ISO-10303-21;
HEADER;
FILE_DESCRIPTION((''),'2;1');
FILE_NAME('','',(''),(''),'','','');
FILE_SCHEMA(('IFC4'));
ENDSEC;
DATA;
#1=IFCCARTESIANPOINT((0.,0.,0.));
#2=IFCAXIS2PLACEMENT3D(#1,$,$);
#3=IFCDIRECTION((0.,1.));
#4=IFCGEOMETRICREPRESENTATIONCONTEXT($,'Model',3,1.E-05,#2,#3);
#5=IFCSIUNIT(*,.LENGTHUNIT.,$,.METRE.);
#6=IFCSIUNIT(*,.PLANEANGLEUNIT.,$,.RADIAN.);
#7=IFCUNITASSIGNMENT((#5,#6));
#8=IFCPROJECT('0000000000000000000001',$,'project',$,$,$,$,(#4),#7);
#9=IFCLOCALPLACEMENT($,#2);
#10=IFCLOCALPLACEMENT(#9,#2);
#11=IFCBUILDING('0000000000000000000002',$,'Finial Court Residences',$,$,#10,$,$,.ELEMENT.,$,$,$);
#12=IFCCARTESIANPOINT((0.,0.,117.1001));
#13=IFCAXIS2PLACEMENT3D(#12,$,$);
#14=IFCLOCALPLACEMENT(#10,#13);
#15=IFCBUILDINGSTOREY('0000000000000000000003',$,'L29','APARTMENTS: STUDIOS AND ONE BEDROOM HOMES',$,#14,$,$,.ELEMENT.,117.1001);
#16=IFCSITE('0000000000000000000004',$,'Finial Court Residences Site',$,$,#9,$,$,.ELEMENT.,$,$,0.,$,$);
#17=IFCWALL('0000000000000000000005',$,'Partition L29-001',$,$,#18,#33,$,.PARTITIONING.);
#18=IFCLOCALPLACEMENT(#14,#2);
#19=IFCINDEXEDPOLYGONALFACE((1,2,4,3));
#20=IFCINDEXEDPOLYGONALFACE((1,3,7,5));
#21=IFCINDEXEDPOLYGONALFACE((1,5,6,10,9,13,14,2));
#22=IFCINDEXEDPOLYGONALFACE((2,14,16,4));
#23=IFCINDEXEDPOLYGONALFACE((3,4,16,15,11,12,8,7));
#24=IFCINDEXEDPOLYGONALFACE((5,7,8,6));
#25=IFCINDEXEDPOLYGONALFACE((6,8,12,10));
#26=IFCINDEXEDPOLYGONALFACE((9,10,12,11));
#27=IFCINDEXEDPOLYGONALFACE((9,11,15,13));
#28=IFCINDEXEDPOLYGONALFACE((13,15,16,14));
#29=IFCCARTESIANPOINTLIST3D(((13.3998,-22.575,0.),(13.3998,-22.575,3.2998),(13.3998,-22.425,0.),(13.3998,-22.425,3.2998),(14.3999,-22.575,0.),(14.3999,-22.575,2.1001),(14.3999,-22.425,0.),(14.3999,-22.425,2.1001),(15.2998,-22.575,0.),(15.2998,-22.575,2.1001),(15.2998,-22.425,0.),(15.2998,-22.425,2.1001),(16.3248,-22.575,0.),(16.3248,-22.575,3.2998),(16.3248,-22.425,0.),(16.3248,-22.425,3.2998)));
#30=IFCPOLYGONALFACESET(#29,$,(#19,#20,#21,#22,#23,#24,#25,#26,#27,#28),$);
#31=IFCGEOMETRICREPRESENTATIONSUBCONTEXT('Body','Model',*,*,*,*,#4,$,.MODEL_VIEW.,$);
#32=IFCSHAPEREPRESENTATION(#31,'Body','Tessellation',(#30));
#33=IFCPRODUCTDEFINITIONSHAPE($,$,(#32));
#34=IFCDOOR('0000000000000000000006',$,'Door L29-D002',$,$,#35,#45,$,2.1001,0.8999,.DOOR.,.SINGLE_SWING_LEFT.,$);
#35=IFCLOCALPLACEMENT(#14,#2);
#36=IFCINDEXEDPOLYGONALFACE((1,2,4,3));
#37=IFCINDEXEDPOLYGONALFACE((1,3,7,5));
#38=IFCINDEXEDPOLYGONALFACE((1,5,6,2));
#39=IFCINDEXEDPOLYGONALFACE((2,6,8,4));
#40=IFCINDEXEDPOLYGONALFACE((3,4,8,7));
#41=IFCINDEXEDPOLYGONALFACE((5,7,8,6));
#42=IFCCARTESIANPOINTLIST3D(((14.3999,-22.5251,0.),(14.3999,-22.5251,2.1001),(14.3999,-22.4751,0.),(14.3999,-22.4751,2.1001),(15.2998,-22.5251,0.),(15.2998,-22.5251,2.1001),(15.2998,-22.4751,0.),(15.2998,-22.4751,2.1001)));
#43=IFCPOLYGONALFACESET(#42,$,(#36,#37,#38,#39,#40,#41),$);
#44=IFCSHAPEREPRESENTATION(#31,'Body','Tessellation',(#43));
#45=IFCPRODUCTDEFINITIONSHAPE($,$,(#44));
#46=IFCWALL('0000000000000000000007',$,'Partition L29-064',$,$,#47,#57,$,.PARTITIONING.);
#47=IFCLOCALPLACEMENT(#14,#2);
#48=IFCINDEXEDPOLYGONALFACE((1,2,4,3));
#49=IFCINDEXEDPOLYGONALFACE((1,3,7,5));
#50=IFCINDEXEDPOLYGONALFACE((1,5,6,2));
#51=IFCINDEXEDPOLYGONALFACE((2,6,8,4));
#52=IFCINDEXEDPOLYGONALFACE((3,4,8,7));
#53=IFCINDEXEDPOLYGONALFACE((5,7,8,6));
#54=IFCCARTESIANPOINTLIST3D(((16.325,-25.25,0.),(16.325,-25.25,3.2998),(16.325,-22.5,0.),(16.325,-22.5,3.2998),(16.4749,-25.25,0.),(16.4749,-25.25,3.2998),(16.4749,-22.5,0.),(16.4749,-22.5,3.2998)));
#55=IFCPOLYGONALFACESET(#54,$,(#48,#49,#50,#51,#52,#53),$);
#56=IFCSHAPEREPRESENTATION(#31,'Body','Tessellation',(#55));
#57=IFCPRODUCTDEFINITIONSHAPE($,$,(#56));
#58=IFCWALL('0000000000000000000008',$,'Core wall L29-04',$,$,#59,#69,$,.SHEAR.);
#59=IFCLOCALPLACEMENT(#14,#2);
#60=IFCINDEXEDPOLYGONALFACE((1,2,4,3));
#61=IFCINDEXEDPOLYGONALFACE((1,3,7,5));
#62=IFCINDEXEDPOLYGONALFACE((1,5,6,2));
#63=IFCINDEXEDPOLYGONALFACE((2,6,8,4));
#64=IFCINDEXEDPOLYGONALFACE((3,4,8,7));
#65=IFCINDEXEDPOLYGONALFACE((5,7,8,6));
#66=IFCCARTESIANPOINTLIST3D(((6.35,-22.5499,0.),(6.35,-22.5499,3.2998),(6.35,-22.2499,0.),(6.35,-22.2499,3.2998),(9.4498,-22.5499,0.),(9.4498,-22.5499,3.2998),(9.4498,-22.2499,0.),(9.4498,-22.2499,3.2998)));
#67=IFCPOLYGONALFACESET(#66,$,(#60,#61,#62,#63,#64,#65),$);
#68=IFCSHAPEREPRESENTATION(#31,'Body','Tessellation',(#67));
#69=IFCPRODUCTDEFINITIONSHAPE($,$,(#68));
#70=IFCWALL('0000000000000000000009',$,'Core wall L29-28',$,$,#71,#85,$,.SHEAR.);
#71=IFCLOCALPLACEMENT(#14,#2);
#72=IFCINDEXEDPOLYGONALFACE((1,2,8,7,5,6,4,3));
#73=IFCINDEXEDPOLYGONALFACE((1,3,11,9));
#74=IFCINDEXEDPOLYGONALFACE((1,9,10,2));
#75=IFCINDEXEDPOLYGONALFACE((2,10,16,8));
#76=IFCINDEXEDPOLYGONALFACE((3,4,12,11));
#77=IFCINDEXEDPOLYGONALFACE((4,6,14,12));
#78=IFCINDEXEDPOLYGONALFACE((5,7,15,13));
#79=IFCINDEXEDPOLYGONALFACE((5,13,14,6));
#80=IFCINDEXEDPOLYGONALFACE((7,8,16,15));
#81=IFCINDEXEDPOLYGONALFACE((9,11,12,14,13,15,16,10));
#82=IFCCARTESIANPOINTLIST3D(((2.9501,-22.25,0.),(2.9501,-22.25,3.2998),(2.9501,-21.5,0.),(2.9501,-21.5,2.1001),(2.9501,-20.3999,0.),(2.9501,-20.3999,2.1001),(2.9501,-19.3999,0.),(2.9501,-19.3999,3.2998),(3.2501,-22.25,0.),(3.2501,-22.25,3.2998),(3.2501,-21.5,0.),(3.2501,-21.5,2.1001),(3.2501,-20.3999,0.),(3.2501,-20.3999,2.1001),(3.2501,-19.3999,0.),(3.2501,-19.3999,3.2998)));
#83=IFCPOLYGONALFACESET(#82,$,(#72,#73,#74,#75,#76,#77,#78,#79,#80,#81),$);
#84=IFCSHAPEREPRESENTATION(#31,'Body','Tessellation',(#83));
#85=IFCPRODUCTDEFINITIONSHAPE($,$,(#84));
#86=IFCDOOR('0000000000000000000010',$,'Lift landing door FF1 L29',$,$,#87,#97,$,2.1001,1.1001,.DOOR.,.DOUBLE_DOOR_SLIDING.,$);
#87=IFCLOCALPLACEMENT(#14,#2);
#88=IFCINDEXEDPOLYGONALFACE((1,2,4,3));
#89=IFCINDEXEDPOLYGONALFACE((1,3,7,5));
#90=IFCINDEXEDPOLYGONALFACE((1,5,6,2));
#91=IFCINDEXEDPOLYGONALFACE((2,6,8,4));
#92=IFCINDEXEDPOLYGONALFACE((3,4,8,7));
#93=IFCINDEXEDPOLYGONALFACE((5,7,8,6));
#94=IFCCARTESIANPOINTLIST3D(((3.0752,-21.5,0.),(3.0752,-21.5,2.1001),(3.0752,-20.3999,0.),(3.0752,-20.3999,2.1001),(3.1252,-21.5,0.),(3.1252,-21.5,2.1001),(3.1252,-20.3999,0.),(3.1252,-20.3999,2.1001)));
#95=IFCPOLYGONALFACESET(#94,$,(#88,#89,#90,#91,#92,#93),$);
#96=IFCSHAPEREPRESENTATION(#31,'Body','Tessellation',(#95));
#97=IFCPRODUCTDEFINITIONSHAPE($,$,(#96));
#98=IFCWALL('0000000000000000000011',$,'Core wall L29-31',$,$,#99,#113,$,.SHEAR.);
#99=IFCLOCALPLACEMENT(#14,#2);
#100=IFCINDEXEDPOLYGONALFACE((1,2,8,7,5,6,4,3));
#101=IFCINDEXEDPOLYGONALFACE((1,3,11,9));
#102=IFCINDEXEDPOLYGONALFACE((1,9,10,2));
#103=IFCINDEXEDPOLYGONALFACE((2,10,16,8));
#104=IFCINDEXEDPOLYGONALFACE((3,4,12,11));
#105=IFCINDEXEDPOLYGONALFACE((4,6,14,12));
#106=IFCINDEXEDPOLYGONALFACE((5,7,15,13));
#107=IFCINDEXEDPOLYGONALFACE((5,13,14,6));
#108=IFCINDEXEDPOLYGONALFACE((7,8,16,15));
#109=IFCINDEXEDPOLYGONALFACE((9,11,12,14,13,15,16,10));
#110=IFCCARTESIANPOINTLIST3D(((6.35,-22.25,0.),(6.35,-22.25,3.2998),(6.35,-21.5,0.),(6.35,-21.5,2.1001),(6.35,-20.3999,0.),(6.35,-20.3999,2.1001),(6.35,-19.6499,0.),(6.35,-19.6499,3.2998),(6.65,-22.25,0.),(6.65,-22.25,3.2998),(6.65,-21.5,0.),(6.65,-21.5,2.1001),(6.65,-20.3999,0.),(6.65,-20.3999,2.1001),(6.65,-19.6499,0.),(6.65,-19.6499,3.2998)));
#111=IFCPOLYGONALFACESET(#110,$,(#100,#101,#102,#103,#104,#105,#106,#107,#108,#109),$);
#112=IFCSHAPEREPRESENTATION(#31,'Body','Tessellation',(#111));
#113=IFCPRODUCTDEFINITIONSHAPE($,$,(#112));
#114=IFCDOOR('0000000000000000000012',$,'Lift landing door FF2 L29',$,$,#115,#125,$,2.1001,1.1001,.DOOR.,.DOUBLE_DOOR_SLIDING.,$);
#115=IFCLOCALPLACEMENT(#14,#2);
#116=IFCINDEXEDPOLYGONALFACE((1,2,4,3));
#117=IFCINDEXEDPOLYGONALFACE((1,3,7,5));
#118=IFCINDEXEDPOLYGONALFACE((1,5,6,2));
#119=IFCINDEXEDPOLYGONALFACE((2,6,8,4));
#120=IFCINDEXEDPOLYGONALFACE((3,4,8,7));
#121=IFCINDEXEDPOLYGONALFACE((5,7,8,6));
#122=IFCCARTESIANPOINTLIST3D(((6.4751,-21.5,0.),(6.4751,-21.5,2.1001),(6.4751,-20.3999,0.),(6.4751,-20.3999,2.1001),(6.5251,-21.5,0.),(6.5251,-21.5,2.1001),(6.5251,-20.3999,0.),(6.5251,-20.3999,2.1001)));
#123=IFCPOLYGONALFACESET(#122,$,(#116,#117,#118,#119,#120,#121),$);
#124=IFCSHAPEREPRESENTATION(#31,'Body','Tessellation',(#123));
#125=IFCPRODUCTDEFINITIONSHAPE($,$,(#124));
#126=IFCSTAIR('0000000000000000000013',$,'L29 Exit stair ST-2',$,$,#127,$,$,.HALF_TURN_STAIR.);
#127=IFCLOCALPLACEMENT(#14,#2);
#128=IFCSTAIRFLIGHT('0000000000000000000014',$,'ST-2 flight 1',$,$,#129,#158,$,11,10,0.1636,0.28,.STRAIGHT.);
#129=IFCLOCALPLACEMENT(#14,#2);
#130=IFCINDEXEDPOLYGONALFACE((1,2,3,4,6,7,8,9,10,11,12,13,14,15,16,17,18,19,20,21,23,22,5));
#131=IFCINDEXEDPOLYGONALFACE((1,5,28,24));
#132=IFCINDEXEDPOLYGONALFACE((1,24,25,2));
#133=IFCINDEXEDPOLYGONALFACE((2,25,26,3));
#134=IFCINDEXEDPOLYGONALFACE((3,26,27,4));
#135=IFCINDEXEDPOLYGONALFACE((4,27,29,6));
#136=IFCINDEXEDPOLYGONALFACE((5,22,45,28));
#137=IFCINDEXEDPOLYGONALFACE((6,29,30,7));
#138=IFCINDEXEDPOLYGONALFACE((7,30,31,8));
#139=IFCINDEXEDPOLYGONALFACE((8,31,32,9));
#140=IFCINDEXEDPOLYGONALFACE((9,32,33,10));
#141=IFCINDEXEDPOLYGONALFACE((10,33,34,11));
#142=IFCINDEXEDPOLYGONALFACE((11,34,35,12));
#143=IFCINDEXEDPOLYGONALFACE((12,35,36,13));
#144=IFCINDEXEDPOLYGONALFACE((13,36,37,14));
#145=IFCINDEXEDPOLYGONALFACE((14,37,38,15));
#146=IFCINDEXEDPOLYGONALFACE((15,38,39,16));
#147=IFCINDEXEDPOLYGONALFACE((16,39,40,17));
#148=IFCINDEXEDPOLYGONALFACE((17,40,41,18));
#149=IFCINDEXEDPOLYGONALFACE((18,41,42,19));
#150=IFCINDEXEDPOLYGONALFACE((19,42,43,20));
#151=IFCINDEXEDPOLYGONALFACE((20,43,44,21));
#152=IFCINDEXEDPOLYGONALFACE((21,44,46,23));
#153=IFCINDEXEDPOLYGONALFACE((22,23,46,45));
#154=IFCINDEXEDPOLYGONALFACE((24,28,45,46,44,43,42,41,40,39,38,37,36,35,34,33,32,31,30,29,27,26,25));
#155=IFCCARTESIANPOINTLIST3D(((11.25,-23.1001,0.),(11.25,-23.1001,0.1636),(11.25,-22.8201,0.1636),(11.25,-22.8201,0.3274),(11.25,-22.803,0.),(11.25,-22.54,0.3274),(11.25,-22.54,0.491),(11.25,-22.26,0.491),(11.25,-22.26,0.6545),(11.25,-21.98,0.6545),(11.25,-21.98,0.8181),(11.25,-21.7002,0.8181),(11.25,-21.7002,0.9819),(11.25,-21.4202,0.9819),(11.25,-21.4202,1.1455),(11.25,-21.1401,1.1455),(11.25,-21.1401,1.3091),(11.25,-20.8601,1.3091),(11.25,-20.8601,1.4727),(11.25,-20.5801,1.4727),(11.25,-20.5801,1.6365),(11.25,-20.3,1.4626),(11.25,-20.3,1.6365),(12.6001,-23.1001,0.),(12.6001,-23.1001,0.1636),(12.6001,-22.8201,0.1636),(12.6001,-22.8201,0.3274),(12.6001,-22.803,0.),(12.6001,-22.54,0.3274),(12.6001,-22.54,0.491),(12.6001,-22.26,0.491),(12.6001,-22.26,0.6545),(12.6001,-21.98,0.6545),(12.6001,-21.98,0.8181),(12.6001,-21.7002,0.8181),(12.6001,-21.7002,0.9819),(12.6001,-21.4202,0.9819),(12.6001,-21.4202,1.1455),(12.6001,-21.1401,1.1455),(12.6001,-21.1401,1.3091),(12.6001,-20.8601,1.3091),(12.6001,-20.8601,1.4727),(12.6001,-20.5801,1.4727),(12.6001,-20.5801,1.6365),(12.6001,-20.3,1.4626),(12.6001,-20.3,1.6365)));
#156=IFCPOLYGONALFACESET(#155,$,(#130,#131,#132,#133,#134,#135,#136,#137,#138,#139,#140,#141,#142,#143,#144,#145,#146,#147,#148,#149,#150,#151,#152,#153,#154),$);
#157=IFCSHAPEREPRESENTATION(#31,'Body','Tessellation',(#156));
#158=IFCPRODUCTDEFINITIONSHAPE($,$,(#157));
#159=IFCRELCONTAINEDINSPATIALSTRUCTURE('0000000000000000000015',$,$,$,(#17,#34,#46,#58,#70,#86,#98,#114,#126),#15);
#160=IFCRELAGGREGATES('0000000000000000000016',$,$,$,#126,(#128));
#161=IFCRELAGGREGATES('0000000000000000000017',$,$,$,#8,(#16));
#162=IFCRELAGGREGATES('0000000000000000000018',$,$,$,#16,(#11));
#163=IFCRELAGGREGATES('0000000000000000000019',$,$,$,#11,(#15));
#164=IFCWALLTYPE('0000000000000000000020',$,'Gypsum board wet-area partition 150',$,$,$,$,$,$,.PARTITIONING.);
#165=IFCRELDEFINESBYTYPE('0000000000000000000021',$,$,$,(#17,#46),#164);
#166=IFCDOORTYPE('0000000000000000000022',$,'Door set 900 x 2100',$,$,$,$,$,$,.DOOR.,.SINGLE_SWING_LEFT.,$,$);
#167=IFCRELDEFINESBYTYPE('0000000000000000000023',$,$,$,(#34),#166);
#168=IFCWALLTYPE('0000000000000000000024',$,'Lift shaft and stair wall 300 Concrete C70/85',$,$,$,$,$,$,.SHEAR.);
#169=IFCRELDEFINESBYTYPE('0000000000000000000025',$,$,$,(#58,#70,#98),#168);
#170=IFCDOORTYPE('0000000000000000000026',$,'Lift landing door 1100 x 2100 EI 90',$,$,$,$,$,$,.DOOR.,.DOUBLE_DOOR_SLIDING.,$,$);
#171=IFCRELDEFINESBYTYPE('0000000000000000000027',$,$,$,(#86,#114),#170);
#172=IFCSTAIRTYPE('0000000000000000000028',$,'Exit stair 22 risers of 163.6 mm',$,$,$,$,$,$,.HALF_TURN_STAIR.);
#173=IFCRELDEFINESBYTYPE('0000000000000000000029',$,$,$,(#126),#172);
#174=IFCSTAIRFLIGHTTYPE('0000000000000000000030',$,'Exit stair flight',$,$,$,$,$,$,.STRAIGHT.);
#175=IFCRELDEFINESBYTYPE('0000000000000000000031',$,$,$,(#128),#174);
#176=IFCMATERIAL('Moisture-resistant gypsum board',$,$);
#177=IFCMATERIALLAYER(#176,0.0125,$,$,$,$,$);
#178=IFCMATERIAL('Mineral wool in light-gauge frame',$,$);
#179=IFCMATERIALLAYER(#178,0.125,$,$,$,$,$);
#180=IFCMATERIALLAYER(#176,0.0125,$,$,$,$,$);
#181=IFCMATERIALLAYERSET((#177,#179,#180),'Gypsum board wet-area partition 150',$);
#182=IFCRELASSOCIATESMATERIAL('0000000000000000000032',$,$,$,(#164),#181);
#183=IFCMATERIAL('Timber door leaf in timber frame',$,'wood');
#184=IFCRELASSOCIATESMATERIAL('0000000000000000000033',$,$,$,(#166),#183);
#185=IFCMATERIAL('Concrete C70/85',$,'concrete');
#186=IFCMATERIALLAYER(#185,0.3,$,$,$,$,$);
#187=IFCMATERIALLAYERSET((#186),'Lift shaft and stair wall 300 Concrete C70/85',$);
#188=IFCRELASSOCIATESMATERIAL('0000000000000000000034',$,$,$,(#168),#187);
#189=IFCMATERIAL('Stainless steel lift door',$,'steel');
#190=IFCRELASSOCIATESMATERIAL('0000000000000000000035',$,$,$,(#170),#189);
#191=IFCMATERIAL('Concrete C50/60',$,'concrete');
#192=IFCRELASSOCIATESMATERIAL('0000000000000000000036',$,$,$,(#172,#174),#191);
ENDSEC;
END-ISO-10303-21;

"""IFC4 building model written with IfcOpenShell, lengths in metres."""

from ifc_helpers import new_model, si_unit, direction, frame, frame_2d, origin, place, context, subcontext, project, spatial, polyline, rectangle, outline, extrude, material, layer, layer_set, type_object, element, fill, aggregate, save


model = new_model("IFC4")

# Units and contexts
model_context = context("Model", 3, precision=1e-05, world=origin(), true_north=direction((0.0, 1.0)))
body_context = subcontext(model_context, "Body", "Model", "MODEL_VIEW")
ifc_project = project(units=[si_unit("LENGTHUNIT", "METRE"), si_unit("PLANEANGLEUNIT", "RADIAN")], contexts=[model_context])

# Site, building, storey
site_placement = place(None, origin())
site = spatial("IfcSite", under=ifc_project, at=site_placement, Name="Finial Court Residences Site", CompositionType="ELEMENT", RefElevation=0.0)
building_placement = place(site_placement, origin())
building = spatial("IfcBuilding", under=site, at=building_placement, Name="Finial Court Residences", CompositionType="ELEMENT")
storey_placement = place(building_placement, frame((0.0, 0.0, 117.1001)))
storey = spatial("IfcBuildingStorey", under=building, at=storey_placement, Name="L29", Description="APARTMENTS: STUDIOS AND ONE BEDROOM HOMES", CompositionType="ELEMENT", Elevation=117.1001)

# Shared definitions
ifc_material_1 = material(Name="Concrete C70/85", Category="concrete")

# Shared definitions
ifc_material_2 = material(Name="Mineral wool in light-gauge frame")

# Wall, opening, door
ifc_material_3 = material(Name="Moisture-resistant gypsum board")
ifc_layer_1 = layer(ifc_material_3, 0.0125)
ifc_layer_2 = layer(ifc_material_2, 0.125)
ifc_layer_3 = layer(ifc_material_3, 0.0125)
ifc_layer_set_1 = layer_set([ifc_layer_1, ifc_layer_2, ifc_layer_3], Name="Gypsum board wet-area partition 150")
wall_type_1 = type_object("IfcWallType", Name="Gypsum board wet-area partition 150", PredefinedType="PARTITIONING", material=ifc_layer_set_1)
wall_1_placement = place(storey_placement, frame((13.3999, -22.5, 0.0), z_axis=(0.0, 0.0, 1.0), x_axis=(1.0, 0.0, 0.0)))
wall_1 = element("IfcWall", 1, at=wall_1_placement, inside=storey, type_object=wall_type_1, Name="Partition L29-001", PredefinedType="PARTITIONING", context=body_context, shape_type="SweptSolid", body=[
    extrude(rectangle(XDim=2.925, YDim=0.1499, at=frame_2d((1.4624, 0.0))), origin(), (0.0, 0.0, 1.0), 3.2998),
])
opening_1_placement = place(wall_1_placement, frame((1.0, 0.0, 0.0)))
opening_1 = element("IfcOpeningElement", 2, at=opening_1_placement, cuts=wall_1, PredefinedType="OPENING", context=body_context, shape_type="SweptSolid", body=[
    extrude(rectangle(XDim=0.8999, YDim=2.1001, at=frame_2d((0.45, 1.05))), frame((0.0, 0.085, 0.0), z_axis=(0.0, -1.0, 0.0), x_axis=(1.0, 0.0, 0.0)), (0.0, 0.0, 1.0), 0.1699),
])
ifc_material_4 = material(Name="Timber door leaf in timber frame", Category="wood")
door_type_1 = type_object("IfcDoorType", Name="Door set 900 x 2100", OperationType="SINGLE_SWING_LEFT", PredefinedType="DOOR", material=ifc_material_4)
door_1_placement = place(opening_1_placement, origin())
door_1 = element("IfcDoor", 3, at=door_1_placement, inside=storey, type_object=door_type_1, Name="Door L29-D002", OperationType="SINGLE_SWING_LEFT", OverallHeight=2.1001, OverallWidth=0.8999, PredefinedType="DOOR", context=body_context, shape_type="SweptSolid", body=[
    extrude(rectangle(XDim=0.8999, YDim=2.1001, at=frame_2d((0.45, 1.05))), frame((0.0, 0.0249, 0.0), z_axis=(0.0, -1.0, 0.0), x_axis=(1.0, 0.0, 0.0)), (0.0, 0.0, 1.0), 0.05),
])
fill(opening_1, door_1)

# Walls
wall_2_placement = place(storey_placement, frame((16.3999, -25.25, 0.0), z_axis=(0.0, 0.0, 1.0), x_axis=(0.0, 1.0, 0.0)))
element("IfcWall", 4, at=wall_2_placement, inside=storey, type_object=wall_type_1, Name="Partition L29-064", PredefinedType="PARTITIONING", context=body_context, shape_type="SweptSolid", body=[
    extrude(rectangle(XDim=2.75, YDim=0.1499, at=frame_2d((1.375, 0.0))), origin(), (0.0, 0.0, 1.0), 3.2998),
])
ifc_layer_4 = layer(ifc_material_1, 0.3)
ifc_layer_set_2 = layer_set([ifc_layer_4], Name="Lift shaft and stair wall 300 Concrete C70/85")
wall_type_2 = type_object("IfcWallType", Name="Lift shaft and stair wall 300 Concrete C70/85", PredefinedType="SHEAR", material=ifc_layer_set_2)
wall_3_placement = place(storey_placement, frame((6.3501, -22.3999, 0.0), z_axis=(0.0, 0.0, 1.0), x_axis=(1.0, 0.0, 0.0)))
element("IfcWall", 5, at=wall_3_placement, inside=storey, type_object=wall_type_2, Name="Core wall L29-04", PredefinedType="SHEAR", context=body_context, shape_type="SweptSolid", body=[
    extrude(rectangle(XDim=3.0999, YDim=0.3, at=frame_2d((1.5498, 0.0))), origin(), (0.0, 0.0, 1.0), 3.2998),
])

# Walls, openings, doors
wall_4_placement = place(storey_placement, frame((3.1001, -22.25, 0.0), z_axis=(0.0, 0.0, 1.0), x_axis=(0.0, 1.0, 0.0)))
wall_4 = element("IfcWall", 6, at=wall_4_placement, inside=storey, type_object=wall_type_2, Name="Core wall L29-28", PredefinedType="SHEAR", context=body_context, shape_type="SweptSolid", body=[
    extrude(rectangle(XDim=2.8501, YDim=0.3, at=frame_2d((1.425, 0.0))), origin(), (0.0, 0.0, 1.0), 3.2998),
])
opening_2_placement = place(wall_4_placement, frame((0.75, 0.0, 0.0)))
opening_2 = element("IfcOpeningElement", 7, at=opening_2_placement, cuts=wall_4, PredefinedType="OPENING", context=body_context, shape_type="SweptSolid", body=[
    extrude(rectangle(XDim=1.1001, YDim=2.1001, at=frame_2d((0.55, 1.05))), frame((0.0, 0.1599, 0.0), z_axis=(0.0, -1.0, 0.0), x_axis=(1.0, 0.0, 0.0)), (0.0, 0.0, 1.0), 0.3201),
])
ifc_material_5 = material(Name="Stainless steel lift door", Category="steel")
door_type_2 = type_object("IfcDoorType", Name="Lift landing door 1100 x 2100 EI 90", OperationType="DOUBLE_DOOR_SLIDING", PredefinedType="DOOR", material=ifc_material_5)
door_2_placement = place(opening_2_placement, origin())
door_2 = element("IfcDoor", 8, at=door_2_placement, inside=storey, type_object=door_type_2, Name="Lift landing door FF1 L29", OperationType="DOUBLE_DOOR_SLIDING", OverallHeight=2.1001, OverallWidth=1.1001, PredefinedType="DOOR", context=body_context, shape_type="SweptSolid", body=[
    extrude(rectangle(XDim=1.1001, YDim=2.1001, at=frame_2d((0.55, 1.05))), frame((0.0, 0.0249, 0.0), z_axis=(0.0, -1.0, 0.0), x_axis=(1.0, 0.0, 0.0)), (0.0, 0.0, 1.0), 0.05),
])
fill(opening_2, door_2)
wall_5_placement = place(storey_placement, frame((6.5, -22.25, 0.0), z_axis=(0.0, 0.0, 1.0), x_axis=(0.0, 1.0, 0.0)))
wall_5 = element("IfcWall", 9, at=wall_5_placement, inside=storey, type_object=wall_type_2, Name="Core wall L29-31", PredefinedType="SHEAR", context=body_context, shape_type="SweptSolid", body=[
    extrude(rectangle(XDim=2.6001, YDim=0.3, at=frame_2d((1.3, 0.0))), origin(), (0.0, 0.0, 1.0), 3.2998),
])
opening_3_placement = place(wall_5_placement, frame((0.75, 0.0, 0.0)))
opening_3 = element("IfcOpeningElement", 10, at=opening_3_placement, cuts=wall_5, PredefinedType="OPENING", context=body_context, shape_type="SweptSolid", body=[
    extrude(rectangle(XDim=1.1001, YDim=2.1001, at=frame_2d((0.55, 1.05))), frame((0.0, 0.1599, 0.0), z_axis=(0.0, -1.0, 0.0), x_axis=(1.0, 0.0, 0.0)), (0.0, 0.0, 1.0), 0.3201),
])
door_3_placement = place(opening_3_placement, origin())
door_3 = element("IfcDoor", 11, at=door_3_placement, inside=storey, type_object=door_type_2, Name="Lift landing door FF2 L29", OperationType="DOUBLE_DOOR_SLIDING", OverallHeight=2.1001, OverallWidth=1.1001, PredefinedType="DOOR", context=body_context, shape_type="SweptSolid", body=[
    extrude(rectangle(XDim=1.1001, YDim=2.1001, at=frame_2d((0.55, 1.05))), frame((0.0, 0.0249, 0.0), z_axis=(0.0, -1.0, 0.0), x_axis=(1.0, 0.0, 0.0)), (0.0, 0.0, 1.0), 0.05),
])
fill(opening_3, door_3)

# Stair, stair flight
ifc_material_6 = material(Name="Concrete C50/60", Category="concrete")
stair_type = type_object("IfcStairType", Name="Exit stair 22 risers of 163.6 mm", PredefinedType="HALF_TURN_STAIR", material=ifc_material_6)
stair_placement = place(storey_placement, origin())
stair = element("IfcStair", 12, at=stair_placement, inside=storey, type_object=stair_type, Name="L29 Exit stair ST-2", PredefinedType="HALF_TURN_STAIR")
stair_flight_type = type_object("IfcStairFlightType", Name="Exit stair flight", PredefinedType="STRAIGHT", material=ifc_material_6)
stair_flight_1_placement = place(storey_placement, frame((11.925, -23.1001, 0.0), z_axis=(0.0, 0.0, 1.0), x_axis=(0.0, 1.0, 0.0)))
stair_flight_1 = element("IfcStairFlight", 13, at=stair_flight_1_placement, type_object=stair_flight_type, Name="ST-2 flight 1", NumberOfRisers=11, NumberOfTreads=10, PredefinedType="STRAIGHT", RiserHeight=0.1636, TreadLength=0.28, context=body_context, shape_type="SweptSolid", body=[
    extrude(outline(polyline([(0.0, 0.0), (0.0, 0.1636), (0.28, 0.1636), (0.28, 0.3274), (0.5601, 0.3274), (0.5601, 0.491), (0.8401, 0.491), (0.8401, 0.6545), (1.1201, 0.6545), (1.1201, 0.8181), (1.3999, 0.8181), (1.3999, 0.9819), (1.6799, 0.9819), (1.6799, 1.1455), (1.96, 1.1455), (1.96, 1.3091), (2.24, 1.3091), (2.24, 1.4727), (2.52, 1.4727), (2.52, 1.6365), (2.8, 1.6365), (2.8, 1.8), (2.8, 1.4626), (0.2971, 0.0), (0.0, 0.0)])), frame((0.0, 0.675, 0.0), z_axis=(0.0, -1.0, 0.0), x_axis=(1.0, 0.0, 0.0)), (0.0, 0.0, 1.0), 1.3501),
])
aggregate(stair, [stair_flight_1])

save(model, "model.ifc")
